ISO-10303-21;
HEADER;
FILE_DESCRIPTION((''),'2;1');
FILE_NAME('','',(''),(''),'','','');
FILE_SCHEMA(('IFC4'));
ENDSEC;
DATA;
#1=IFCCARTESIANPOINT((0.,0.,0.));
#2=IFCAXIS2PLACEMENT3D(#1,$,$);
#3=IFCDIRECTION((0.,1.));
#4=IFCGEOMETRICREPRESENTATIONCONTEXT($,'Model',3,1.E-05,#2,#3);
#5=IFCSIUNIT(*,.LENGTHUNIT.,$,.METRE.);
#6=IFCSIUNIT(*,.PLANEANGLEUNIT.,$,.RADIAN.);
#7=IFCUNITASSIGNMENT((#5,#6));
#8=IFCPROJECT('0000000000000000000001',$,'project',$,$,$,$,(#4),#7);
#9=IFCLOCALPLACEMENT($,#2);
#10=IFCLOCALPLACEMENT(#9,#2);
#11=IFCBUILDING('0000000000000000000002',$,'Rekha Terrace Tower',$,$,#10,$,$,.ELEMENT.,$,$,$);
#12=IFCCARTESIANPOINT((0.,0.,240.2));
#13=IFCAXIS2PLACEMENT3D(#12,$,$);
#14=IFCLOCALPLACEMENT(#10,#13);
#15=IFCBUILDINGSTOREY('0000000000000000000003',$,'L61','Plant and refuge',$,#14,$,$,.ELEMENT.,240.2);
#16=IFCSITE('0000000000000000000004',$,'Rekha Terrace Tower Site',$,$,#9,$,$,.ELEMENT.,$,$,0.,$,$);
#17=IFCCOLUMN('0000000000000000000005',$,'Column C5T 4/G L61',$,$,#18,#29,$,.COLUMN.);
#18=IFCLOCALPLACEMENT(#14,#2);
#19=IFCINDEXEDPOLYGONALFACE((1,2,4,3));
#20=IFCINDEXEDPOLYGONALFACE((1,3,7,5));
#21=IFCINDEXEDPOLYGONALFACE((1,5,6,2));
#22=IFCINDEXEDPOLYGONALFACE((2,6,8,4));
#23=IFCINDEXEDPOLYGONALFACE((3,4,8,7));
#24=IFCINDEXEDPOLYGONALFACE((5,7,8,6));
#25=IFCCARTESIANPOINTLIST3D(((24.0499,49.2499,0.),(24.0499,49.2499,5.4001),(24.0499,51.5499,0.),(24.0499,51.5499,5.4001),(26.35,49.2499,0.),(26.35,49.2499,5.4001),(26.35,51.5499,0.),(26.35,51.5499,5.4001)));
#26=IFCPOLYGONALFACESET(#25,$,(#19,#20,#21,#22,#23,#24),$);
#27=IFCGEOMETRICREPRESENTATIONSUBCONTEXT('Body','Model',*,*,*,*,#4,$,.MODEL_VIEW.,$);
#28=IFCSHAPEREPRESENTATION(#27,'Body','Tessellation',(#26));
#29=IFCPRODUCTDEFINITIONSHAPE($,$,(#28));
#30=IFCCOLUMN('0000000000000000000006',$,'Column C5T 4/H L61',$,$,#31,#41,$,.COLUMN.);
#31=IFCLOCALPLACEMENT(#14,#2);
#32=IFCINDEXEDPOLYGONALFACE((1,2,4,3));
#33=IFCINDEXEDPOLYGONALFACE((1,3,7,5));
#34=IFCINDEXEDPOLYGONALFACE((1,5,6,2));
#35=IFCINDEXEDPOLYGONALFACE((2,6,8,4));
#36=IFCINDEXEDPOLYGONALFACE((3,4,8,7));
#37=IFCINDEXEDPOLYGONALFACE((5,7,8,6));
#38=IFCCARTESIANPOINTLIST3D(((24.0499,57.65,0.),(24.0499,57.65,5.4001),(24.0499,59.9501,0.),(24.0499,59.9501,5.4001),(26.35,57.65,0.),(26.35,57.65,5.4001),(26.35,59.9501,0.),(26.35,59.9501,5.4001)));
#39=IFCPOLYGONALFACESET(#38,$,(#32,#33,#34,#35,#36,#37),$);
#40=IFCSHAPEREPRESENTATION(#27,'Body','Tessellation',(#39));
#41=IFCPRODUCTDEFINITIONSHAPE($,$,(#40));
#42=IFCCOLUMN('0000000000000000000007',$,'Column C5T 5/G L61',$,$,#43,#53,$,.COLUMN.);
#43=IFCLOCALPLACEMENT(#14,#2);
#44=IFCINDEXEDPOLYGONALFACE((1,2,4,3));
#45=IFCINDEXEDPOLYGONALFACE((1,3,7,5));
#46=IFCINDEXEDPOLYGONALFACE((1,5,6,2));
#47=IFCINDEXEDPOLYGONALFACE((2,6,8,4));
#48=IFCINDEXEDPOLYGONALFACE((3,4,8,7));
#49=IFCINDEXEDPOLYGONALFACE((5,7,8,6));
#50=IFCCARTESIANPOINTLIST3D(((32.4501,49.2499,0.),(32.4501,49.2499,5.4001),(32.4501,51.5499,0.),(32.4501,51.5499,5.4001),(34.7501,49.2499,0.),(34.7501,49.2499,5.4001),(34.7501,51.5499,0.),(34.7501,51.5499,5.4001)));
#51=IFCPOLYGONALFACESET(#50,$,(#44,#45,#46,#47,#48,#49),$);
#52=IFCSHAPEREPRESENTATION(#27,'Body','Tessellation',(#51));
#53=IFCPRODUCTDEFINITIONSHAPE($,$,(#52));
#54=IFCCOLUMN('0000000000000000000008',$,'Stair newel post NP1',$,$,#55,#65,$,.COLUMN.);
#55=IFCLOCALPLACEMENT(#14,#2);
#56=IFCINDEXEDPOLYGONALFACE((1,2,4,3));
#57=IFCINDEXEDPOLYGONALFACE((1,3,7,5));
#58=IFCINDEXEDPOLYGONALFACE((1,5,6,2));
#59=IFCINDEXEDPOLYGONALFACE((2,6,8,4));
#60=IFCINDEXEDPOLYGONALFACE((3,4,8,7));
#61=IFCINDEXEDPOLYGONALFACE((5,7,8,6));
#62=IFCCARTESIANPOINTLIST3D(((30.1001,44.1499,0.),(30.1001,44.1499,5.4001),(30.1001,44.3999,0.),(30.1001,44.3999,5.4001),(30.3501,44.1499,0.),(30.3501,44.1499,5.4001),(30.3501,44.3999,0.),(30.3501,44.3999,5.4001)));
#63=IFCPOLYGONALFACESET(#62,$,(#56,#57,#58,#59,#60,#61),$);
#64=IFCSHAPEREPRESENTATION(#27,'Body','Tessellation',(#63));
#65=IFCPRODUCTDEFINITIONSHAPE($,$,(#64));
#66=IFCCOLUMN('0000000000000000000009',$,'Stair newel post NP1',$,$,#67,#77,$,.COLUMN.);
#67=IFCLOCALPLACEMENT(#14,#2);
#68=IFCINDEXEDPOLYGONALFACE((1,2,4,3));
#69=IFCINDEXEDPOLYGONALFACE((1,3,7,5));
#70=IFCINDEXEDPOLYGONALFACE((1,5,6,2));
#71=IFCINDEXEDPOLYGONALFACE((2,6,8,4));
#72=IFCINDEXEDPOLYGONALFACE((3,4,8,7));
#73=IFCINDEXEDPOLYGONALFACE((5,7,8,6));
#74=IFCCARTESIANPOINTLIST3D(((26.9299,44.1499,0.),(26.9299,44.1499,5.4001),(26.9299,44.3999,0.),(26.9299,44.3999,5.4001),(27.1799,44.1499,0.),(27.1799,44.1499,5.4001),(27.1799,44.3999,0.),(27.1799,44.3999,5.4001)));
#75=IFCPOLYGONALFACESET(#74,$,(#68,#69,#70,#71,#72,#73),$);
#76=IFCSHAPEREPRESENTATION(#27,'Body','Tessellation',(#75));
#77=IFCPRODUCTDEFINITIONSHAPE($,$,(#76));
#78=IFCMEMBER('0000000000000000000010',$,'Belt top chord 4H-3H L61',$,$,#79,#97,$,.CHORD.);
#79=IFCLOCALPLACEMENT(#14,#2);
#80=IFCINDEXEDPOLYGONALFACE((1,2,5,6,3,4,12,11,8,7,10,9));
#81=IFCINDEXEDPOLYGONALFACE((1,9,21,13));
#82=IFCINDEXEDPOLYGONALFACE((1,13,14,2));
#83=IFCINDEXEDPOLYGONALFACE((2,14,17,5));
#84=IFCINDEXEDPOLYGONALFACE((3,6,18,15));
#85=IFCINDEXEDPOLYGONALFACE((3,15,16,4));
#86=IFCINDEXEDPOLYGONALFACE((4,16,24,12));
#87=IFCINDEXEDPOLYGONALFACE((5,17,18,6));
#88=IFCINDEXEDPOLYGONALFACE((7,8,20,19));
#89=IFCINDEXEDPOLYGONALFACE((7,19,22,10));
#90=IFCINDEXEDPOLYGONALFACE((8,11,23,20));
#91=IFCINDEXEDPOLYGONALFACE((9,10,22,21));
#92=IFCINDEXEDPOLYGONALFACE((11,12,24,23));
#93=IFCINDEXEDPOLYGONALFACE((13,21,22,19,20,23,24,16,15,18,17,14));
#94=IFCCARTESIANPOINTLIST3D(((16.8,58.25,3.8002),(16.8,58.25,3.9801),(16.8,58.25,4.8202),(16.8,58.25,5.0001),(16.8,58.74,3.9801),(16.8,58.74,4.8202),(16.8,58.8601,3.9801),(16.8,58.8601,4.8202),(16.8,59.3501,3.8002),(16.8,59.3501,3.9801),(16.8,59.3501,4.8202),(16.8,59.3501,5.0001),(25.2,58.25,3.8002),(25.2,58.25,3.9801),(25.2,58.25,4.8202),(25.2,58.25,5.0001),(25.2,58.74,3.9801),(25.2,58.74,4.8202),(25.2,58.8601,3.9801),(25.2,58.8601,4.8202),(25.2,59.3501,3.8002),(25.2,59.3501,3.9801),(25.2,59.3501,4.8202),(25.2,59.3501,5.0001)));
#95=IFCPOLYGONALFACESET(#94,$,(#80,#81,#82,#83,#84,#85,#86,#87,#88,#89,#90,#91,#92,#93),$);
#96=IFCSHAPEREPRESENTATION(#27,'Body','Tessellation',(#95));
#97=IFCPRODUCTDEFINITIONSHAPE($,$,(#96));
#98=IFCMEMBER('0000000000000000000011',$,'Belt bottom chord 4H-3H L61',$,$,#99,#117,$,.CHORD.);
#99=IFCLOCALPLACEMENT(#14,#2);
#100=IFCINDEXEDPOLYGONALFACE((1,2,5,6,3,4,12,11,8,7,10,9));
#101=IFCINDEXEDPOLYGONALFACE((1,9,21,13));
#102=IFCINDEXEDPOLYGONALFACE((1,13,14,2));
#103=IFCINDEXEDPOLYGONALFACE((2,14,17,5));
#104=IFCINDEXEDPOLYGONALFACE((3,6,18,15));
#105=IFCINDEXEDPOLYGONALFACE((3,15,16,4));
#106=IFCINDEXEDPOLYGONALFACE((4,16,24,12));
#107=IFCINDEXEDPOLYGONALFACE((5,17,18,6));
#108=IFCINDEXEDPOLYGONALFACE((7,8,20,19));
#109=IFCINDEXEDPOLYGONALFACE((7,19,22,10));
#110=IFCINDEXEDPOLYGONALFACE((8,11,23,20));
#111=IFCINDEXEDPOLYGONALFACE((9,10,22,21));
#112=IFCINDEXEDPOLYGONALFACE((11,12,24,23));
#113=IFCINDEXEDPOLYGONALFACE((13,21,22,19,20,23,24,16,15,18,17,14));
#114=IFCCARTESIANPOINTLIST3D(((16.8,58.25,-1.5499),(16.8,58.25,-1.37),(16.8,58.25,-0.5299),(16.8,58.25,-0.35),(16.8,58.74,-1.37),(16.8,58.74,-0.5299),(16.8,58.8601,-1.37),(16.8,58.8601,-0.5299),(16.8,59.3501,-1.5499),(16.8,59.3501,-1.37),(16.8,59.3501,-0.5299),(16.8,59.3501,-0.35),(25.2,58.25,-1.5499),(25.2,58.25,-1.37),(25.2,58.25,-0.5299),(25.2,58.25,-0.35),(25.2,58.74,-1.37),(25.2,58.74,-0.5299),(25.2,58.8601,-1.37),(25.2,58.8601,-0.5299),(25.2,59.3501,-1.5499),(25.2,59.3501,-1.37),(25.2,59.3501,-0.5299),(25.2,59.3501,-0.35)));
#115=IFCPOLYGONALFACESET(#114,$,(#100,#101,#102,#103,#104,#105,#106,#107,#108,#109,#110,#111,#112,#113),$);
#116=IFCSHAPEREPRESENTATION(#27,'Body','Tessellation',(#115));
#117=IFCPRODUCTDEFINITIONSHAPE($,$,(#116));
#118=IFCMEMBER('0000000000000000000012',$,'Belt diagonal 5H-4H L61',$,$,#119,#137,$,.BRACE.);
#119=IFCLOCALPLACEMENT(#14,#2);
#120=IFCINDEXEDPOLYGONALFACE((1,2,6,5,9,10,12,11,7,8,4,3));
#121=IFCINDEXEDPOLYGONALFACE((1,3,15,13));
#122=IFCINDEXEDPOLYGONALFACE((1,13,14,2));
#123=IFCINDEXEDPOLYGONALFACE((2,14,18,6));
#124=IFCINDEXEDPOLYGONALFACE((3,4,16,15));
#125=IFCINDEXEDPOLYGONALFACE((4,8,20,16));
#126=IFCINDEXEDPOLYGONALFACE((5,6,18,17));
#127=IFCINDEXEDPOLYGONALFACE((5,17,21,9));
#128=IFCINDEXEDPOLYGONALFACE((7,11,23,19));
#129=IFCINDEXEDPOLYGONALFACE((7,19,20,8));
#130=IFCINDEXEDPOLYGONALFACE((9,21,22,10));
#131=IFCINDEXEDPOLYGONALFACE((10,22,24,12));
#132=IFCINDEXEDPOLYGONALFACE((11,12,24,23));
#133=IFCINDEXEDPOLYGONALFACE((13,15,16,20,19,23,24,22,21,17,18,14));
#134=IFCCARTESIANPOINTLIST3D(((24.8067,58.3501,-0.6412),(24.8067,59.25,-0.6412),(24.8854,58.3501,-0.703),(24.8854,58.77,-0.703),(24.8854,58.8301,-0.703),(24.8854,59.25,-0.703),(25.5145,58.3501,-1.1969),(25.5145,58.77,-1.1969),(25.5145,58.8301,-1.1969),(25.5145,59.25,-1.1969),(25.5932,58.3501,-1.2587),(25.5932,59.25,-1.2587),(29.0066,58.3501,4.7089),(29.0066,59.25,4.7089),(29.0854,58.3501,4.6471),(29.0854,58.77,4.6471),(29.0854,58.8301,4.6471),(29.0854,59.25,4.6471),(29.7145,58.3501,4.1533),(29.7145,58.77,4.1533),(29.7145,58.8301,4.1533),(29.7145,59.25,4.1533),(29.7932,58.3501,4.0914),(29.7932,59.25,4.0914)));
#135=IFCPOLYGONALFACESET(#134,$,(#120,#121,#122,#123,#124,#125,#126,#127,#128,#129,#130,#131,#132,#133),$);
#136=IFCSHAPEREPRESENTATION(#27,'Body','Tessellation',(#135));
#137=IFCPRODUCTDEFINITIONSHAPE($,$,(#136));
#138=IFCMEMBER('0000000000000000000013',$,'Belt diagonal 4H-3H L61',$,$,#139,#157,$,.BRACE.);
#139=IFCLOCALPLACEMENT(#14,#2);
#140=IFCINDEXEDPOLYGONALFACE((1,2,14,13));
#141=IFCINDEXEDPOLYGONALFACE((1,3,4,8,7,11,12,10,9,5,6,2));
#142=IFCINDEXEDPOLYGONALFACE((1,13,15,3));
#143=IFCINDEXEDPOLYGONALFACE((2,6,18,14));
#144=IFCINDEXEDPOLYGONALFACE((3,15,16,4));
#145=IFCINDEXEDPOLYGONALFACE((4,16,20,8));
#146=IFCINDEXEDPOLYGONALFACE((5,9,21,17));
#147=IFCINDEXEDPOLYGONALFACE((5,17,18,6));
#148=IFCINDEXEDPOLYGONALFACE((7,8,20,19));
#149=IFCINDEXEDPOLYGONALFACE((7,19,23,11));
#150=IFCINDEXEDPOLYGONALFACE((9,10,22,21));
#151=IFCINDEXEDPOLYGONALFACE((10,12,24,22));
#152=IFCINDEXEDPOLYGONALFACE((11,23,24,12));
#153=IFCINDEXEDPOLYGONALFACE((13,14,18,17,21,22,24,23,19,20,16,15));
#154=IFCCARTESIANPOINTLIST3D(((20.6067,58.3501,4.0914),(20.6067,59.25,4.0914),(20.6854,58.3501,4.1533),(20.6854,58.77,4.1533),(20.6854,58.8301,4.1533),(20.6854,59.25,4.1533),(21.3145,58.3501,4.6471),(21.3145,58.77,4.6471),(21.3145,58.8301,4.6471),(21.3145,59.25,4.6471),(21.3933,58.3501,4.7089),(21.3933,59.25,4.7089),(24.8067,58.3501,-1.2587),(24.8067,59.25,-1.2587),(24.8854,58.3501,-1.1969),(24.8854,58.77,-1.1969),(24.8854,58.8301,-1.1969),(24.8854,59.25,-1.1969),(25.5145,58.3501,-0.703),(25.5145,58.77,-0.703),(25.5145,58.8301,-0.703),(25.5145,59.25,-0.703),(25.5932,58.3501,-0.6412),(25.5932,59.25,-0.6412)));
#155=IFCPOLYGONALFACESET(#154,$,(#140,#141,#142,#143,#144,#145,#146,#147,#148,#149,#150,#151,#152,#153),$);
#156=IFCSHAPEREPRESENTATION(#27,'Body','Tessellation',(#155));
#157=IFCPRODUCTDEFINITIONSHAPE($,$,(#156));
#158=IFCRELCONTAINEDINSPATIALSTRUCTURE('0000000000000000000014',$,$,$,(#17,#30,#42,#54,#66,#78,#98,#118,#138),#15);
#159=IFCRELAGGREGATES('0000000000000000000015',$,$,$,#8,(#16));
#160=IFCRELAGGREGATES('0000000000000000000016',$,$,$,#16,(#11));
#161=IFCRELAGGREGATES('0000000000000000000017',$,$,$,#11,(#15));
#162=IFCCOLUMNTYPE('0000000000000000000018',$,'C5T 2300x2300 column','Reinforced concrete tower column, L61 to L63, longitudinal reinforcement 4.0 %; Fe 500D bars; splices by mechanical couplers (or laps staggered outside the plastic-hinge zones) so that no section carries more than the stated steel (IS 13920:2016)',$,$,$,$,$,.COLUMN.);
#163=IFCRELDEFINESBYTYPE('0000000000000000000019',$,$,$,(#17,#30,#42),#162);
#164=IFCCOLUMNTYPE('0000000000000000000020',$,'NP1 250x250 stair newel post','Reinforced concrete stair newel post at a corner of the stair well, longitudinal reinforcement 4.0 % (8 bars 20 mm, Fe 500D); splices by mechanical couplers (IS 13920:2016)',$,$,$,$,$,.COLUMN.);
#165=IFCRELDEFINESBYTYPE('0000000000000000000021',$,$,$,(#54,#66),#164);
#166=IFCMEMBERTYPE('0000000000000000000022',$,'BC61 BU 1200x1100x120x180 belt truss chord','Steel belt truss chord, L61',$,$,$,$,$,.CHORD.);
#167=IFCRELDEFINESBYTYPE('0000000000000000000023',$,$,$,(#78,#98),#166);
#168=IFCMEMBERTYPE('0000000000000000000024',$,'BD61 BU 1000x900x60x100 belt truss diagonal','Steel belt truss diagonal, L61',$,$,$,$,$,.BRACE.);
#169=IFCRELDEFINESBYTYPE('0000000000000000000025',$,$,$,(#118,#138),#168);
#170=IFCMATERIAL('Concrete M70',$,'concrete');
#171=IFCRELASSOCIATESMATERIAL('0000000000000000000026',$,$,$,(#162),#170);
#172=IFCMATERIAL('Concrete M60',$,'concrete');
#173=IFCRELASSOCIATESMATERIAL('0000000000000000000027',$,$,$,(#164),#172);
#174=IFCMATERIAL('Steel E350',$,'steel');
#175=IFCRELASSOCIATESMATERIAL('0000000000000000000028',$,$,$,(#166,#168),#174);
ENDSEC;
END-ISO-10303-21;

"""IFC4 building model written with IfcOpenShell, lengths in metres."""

from ifc_helpers import new_model, si_unit, direction, frame, origin, origin_2d, place, context, subcontext, project, spatial, rectangle, i_section, extrude, material, material_profile, profile_set, type_object, element, save


model = new_model("IFC4")

# Units and contexts
model_context = context("Model", 3, precision=1e-05, world=origin(), true_north=direction((0.0, 1.0)))
body_context = subcontext(model_context, "Body", "Model", "MODEL_VIEW")
ifc_project = project(units=[si_unit("LENGTHUNIT", "METRE"), si_unit("PLANEANGLEUNIT", "RADIAN")], contexts=[model_context])

# Site, building, storey
site_placement = place(None, origin())
site = spatial("IfcSite", under=ifc_project, at=site_placement, Name="Rekha Terrace Tower Site", CompositionType="ELEMENT", RefElevation=0.0)
building_placement = place(site_placement, origin())
building = spatial("IfcBuilding", under=site, at=building_placement, Name="Rekha Terrace Tower", CompositionType="ELEMENT")
storey_placement = place(building_placement, frame((0.0, 0.0, 240.2)))
storey = spatial("IfcBuildingStorey", under=building, at=storey_placement, Name="L61", Description="Plant and refuge", CompositionType="ELEMENT", Elevation=240.2)

# Columns
ifc_material_1 = material(Name="Concrete M70", Category="concrete")
ifc_material_profile_1 = material_profile(ifc_material_1, rectangle(XDim=2.3, YDim=2.3, at=origin_2d()), Name="RC 2300x2300")
ifc_profile_set_1 = profile_set([ifc_material_profile_1], Name="Concrete M70")
column_type_1 = type_object("IfcColumnType", Name="C5T 2300x2300 column", Description="Reinforced concrete tower column, L61 to L63, longitudinal reinforcement 4.0 %; Fe 500D bars; splices by mechanical couplers (or laps staggered outside the plastic-hinge zones) so that no section carries more than the stated steel (IS 13920:2016)", PredefinedType="COLUMN", material=ifc_profile_set_1)
for number, where, z_axis, x_axis, name in (
    (1, (25.2, 50.3999, 0.0), (0.0, 0.0, 1.0), (1.0, 0.0, 0.0), "Column C5T 4/G L61"),
    (2, (25.2, 58.8, 0.0), (0.0, 0.0, 1.0), (1.0, 0.0, 0.0), "Column C5T 4/H L61"),
    (3, (33.6001, 50.3999, 0.0), (0.0, 0.0, 1.0), (1.0, 0.0, 0.0), "Column C5T 5/G L61"),
):
    element("IfcColumn", number, at=place(storey_placement, frame(where, z_axis=z_axis, x_axis=x_axis)), inside=storey, type_object=column_type_1, Name=name, PredefinedType="COLUMN", context=body_context, shape_type="SweptSolid", body=[
        extrude(rectangle(XDim=2.3, YDim=2.3, at=origin_2d()), origin(), (0.0, 0.0, 1.0), 5.4001),
    ])
ifc_material_2 = material(Name="Concrete M60", Category="concrete")
ifc_material_profile_2 = material_profile(ifc_material_2, rectangle(XDim=0.25, YDim=0.25, at=origin_2d()), Name="RC 250x250")
ifc_profile_set_2 = profile_set([ifc_material_profile_2], Name="Concrete M60")
column_type_2 = type_object("IfcColumnType", Name="NP1 250x250 stair newel post", Description="Reinforced concrete stair newel post at a corner of the stair well, longitudinal reinforcement 4.0 % (8 bars 20 mm, Fe 500D); splices by mechanical couplers (IS 13920:2016)", PredefinedType="COLUMN", material=ifc_profile_set_2)
for number, where, z_axis, x_axis, name in (
    (4, (30.2251, 44.2749, 0.0), (0.0, 0.0, 1.0), (1.0, 0.0, 0.0), "Stair newel post NP1"),
    (5, (27.0549, 44.2749, 0.0), (0.0, 0.0, 1.0), (1.0, 0.0, 0.0), "Stair newel post NP1"),
):
    element("IfcColumn", number, at=place(storey_placement, frame(where, z_axis=z_axis, x_axis=x_axis)), inside=storey, type_object=column_type_2, Name=name, PredefinedType="COLUMN", context=body_context, shape_type="SweptSolid", body=[
        extrude(rectangle(XDim=0.25, YDim=0.25, at=origin_2d()), origin(), (0.0, 0.0, 1.0), 5.4001),
    ])

# Members
ifc_material_3 = material(Name="Steel E350", Category="steel")
ifc_material_profile_3 = material_profile(ifc_material_3, i_section(OverallWidth=1.1001, OverallDepth=1.2, WebThickness=0.1201, FlangeThickness=0.1799, at=origin_2d()), Name="BU 1200x1100x120x180")
ifc_profile_set_3 = profile_set([ifc_material_profile_3], Name="Steel E350")
member_type_1 = type_object("IfcMemberType", Name="BC61 BU 1200x1100x120x180 belt truss chord", Description="Steel belt truss chord, L61", PredefinedType="CHORD", material=ifc_profile_set_3)
for number, where, z_axis, x_axis, name in (
    (6, (25.2, 58.8, 4.4001), (-1.0, 0.0, 0.0), (0.0, -1.0, 0.0), "Belt top chord 4H-3H L61"),
    (7, (25.2, 58.8, -0.95), (-1.0, 0.0, 0.0), (0.0, -1.0, 0.0), "Belt bottom chord 4H-3H L61"),
):
    element("IfcMember", number, at=place(storey_placement, frame(where, z_axis=z_axis, x_axis=x_axis)), inside=storey, type_object=member_type_1, Name=name, PredefinedType="CHORD", context=body_context, shape_type="SweptSolid", body=[
        extrude(i_section(OverallWidth=1.1001, OverallDepth=1.2, WebThickness=0.1201, FlangeThickness=0.1799, at=origin_2d()), origin(), (0.0, 0.0, 1.0), 8.3999),
    ])
ifc_material_profile_4 = material_profile(ifc_material_3, i_section(OverallWidth=0.8999, OverallDepth=1.0, WebThickness=0.0601, FlangeThickness=0.1001, at=origin_2d()), Name="BU 1000x900x60x100")
ifc_profile_set_4 = profile_set([ifc_material_profile_4], Name="Steel E350")
member_type_2 = type_object("IfcMemberType", Name="BD61 BU 1000x900x60x100 belt truss diagonal", Description="Steel belt truss diagonal, L61", PredefinedType="BRACE", material=ifc_profile_set_4)
for number, where, z_axis, x_axis, name in (
    (8, (25.2, 58.8, -0.95), (0.617485, 0.0, 0.786582), (0.0, 1.0, 0.0), "Belt diagonal 5H-4H L61"),
    (9, (25.2, 58.8, -0.95), (-0.617485, 0.0, 0.786582), (0.0, -1.0, 0.0), "Belt diagonal 4H-3H L61"),
):
    element("IfcMember", number, at=place(storey_placement, frame(where, z_axis=z_axis, x_axis=x_axis)), inside=storey, type_object=member_type_2, Name=name, PredefinedType="BRACE", context=body_context, shape_type="SweptSolid", body=[
        extrude(i_section(OverallWidth=0.8999, OverallDepth=1.0, WebThickness=0.0601, FlangeThickness=0.1001, at=origin_2d()), origin(), (0.0, 0.0, 1.0), 6.8018),
    ])

save(model, "model.ifc")
